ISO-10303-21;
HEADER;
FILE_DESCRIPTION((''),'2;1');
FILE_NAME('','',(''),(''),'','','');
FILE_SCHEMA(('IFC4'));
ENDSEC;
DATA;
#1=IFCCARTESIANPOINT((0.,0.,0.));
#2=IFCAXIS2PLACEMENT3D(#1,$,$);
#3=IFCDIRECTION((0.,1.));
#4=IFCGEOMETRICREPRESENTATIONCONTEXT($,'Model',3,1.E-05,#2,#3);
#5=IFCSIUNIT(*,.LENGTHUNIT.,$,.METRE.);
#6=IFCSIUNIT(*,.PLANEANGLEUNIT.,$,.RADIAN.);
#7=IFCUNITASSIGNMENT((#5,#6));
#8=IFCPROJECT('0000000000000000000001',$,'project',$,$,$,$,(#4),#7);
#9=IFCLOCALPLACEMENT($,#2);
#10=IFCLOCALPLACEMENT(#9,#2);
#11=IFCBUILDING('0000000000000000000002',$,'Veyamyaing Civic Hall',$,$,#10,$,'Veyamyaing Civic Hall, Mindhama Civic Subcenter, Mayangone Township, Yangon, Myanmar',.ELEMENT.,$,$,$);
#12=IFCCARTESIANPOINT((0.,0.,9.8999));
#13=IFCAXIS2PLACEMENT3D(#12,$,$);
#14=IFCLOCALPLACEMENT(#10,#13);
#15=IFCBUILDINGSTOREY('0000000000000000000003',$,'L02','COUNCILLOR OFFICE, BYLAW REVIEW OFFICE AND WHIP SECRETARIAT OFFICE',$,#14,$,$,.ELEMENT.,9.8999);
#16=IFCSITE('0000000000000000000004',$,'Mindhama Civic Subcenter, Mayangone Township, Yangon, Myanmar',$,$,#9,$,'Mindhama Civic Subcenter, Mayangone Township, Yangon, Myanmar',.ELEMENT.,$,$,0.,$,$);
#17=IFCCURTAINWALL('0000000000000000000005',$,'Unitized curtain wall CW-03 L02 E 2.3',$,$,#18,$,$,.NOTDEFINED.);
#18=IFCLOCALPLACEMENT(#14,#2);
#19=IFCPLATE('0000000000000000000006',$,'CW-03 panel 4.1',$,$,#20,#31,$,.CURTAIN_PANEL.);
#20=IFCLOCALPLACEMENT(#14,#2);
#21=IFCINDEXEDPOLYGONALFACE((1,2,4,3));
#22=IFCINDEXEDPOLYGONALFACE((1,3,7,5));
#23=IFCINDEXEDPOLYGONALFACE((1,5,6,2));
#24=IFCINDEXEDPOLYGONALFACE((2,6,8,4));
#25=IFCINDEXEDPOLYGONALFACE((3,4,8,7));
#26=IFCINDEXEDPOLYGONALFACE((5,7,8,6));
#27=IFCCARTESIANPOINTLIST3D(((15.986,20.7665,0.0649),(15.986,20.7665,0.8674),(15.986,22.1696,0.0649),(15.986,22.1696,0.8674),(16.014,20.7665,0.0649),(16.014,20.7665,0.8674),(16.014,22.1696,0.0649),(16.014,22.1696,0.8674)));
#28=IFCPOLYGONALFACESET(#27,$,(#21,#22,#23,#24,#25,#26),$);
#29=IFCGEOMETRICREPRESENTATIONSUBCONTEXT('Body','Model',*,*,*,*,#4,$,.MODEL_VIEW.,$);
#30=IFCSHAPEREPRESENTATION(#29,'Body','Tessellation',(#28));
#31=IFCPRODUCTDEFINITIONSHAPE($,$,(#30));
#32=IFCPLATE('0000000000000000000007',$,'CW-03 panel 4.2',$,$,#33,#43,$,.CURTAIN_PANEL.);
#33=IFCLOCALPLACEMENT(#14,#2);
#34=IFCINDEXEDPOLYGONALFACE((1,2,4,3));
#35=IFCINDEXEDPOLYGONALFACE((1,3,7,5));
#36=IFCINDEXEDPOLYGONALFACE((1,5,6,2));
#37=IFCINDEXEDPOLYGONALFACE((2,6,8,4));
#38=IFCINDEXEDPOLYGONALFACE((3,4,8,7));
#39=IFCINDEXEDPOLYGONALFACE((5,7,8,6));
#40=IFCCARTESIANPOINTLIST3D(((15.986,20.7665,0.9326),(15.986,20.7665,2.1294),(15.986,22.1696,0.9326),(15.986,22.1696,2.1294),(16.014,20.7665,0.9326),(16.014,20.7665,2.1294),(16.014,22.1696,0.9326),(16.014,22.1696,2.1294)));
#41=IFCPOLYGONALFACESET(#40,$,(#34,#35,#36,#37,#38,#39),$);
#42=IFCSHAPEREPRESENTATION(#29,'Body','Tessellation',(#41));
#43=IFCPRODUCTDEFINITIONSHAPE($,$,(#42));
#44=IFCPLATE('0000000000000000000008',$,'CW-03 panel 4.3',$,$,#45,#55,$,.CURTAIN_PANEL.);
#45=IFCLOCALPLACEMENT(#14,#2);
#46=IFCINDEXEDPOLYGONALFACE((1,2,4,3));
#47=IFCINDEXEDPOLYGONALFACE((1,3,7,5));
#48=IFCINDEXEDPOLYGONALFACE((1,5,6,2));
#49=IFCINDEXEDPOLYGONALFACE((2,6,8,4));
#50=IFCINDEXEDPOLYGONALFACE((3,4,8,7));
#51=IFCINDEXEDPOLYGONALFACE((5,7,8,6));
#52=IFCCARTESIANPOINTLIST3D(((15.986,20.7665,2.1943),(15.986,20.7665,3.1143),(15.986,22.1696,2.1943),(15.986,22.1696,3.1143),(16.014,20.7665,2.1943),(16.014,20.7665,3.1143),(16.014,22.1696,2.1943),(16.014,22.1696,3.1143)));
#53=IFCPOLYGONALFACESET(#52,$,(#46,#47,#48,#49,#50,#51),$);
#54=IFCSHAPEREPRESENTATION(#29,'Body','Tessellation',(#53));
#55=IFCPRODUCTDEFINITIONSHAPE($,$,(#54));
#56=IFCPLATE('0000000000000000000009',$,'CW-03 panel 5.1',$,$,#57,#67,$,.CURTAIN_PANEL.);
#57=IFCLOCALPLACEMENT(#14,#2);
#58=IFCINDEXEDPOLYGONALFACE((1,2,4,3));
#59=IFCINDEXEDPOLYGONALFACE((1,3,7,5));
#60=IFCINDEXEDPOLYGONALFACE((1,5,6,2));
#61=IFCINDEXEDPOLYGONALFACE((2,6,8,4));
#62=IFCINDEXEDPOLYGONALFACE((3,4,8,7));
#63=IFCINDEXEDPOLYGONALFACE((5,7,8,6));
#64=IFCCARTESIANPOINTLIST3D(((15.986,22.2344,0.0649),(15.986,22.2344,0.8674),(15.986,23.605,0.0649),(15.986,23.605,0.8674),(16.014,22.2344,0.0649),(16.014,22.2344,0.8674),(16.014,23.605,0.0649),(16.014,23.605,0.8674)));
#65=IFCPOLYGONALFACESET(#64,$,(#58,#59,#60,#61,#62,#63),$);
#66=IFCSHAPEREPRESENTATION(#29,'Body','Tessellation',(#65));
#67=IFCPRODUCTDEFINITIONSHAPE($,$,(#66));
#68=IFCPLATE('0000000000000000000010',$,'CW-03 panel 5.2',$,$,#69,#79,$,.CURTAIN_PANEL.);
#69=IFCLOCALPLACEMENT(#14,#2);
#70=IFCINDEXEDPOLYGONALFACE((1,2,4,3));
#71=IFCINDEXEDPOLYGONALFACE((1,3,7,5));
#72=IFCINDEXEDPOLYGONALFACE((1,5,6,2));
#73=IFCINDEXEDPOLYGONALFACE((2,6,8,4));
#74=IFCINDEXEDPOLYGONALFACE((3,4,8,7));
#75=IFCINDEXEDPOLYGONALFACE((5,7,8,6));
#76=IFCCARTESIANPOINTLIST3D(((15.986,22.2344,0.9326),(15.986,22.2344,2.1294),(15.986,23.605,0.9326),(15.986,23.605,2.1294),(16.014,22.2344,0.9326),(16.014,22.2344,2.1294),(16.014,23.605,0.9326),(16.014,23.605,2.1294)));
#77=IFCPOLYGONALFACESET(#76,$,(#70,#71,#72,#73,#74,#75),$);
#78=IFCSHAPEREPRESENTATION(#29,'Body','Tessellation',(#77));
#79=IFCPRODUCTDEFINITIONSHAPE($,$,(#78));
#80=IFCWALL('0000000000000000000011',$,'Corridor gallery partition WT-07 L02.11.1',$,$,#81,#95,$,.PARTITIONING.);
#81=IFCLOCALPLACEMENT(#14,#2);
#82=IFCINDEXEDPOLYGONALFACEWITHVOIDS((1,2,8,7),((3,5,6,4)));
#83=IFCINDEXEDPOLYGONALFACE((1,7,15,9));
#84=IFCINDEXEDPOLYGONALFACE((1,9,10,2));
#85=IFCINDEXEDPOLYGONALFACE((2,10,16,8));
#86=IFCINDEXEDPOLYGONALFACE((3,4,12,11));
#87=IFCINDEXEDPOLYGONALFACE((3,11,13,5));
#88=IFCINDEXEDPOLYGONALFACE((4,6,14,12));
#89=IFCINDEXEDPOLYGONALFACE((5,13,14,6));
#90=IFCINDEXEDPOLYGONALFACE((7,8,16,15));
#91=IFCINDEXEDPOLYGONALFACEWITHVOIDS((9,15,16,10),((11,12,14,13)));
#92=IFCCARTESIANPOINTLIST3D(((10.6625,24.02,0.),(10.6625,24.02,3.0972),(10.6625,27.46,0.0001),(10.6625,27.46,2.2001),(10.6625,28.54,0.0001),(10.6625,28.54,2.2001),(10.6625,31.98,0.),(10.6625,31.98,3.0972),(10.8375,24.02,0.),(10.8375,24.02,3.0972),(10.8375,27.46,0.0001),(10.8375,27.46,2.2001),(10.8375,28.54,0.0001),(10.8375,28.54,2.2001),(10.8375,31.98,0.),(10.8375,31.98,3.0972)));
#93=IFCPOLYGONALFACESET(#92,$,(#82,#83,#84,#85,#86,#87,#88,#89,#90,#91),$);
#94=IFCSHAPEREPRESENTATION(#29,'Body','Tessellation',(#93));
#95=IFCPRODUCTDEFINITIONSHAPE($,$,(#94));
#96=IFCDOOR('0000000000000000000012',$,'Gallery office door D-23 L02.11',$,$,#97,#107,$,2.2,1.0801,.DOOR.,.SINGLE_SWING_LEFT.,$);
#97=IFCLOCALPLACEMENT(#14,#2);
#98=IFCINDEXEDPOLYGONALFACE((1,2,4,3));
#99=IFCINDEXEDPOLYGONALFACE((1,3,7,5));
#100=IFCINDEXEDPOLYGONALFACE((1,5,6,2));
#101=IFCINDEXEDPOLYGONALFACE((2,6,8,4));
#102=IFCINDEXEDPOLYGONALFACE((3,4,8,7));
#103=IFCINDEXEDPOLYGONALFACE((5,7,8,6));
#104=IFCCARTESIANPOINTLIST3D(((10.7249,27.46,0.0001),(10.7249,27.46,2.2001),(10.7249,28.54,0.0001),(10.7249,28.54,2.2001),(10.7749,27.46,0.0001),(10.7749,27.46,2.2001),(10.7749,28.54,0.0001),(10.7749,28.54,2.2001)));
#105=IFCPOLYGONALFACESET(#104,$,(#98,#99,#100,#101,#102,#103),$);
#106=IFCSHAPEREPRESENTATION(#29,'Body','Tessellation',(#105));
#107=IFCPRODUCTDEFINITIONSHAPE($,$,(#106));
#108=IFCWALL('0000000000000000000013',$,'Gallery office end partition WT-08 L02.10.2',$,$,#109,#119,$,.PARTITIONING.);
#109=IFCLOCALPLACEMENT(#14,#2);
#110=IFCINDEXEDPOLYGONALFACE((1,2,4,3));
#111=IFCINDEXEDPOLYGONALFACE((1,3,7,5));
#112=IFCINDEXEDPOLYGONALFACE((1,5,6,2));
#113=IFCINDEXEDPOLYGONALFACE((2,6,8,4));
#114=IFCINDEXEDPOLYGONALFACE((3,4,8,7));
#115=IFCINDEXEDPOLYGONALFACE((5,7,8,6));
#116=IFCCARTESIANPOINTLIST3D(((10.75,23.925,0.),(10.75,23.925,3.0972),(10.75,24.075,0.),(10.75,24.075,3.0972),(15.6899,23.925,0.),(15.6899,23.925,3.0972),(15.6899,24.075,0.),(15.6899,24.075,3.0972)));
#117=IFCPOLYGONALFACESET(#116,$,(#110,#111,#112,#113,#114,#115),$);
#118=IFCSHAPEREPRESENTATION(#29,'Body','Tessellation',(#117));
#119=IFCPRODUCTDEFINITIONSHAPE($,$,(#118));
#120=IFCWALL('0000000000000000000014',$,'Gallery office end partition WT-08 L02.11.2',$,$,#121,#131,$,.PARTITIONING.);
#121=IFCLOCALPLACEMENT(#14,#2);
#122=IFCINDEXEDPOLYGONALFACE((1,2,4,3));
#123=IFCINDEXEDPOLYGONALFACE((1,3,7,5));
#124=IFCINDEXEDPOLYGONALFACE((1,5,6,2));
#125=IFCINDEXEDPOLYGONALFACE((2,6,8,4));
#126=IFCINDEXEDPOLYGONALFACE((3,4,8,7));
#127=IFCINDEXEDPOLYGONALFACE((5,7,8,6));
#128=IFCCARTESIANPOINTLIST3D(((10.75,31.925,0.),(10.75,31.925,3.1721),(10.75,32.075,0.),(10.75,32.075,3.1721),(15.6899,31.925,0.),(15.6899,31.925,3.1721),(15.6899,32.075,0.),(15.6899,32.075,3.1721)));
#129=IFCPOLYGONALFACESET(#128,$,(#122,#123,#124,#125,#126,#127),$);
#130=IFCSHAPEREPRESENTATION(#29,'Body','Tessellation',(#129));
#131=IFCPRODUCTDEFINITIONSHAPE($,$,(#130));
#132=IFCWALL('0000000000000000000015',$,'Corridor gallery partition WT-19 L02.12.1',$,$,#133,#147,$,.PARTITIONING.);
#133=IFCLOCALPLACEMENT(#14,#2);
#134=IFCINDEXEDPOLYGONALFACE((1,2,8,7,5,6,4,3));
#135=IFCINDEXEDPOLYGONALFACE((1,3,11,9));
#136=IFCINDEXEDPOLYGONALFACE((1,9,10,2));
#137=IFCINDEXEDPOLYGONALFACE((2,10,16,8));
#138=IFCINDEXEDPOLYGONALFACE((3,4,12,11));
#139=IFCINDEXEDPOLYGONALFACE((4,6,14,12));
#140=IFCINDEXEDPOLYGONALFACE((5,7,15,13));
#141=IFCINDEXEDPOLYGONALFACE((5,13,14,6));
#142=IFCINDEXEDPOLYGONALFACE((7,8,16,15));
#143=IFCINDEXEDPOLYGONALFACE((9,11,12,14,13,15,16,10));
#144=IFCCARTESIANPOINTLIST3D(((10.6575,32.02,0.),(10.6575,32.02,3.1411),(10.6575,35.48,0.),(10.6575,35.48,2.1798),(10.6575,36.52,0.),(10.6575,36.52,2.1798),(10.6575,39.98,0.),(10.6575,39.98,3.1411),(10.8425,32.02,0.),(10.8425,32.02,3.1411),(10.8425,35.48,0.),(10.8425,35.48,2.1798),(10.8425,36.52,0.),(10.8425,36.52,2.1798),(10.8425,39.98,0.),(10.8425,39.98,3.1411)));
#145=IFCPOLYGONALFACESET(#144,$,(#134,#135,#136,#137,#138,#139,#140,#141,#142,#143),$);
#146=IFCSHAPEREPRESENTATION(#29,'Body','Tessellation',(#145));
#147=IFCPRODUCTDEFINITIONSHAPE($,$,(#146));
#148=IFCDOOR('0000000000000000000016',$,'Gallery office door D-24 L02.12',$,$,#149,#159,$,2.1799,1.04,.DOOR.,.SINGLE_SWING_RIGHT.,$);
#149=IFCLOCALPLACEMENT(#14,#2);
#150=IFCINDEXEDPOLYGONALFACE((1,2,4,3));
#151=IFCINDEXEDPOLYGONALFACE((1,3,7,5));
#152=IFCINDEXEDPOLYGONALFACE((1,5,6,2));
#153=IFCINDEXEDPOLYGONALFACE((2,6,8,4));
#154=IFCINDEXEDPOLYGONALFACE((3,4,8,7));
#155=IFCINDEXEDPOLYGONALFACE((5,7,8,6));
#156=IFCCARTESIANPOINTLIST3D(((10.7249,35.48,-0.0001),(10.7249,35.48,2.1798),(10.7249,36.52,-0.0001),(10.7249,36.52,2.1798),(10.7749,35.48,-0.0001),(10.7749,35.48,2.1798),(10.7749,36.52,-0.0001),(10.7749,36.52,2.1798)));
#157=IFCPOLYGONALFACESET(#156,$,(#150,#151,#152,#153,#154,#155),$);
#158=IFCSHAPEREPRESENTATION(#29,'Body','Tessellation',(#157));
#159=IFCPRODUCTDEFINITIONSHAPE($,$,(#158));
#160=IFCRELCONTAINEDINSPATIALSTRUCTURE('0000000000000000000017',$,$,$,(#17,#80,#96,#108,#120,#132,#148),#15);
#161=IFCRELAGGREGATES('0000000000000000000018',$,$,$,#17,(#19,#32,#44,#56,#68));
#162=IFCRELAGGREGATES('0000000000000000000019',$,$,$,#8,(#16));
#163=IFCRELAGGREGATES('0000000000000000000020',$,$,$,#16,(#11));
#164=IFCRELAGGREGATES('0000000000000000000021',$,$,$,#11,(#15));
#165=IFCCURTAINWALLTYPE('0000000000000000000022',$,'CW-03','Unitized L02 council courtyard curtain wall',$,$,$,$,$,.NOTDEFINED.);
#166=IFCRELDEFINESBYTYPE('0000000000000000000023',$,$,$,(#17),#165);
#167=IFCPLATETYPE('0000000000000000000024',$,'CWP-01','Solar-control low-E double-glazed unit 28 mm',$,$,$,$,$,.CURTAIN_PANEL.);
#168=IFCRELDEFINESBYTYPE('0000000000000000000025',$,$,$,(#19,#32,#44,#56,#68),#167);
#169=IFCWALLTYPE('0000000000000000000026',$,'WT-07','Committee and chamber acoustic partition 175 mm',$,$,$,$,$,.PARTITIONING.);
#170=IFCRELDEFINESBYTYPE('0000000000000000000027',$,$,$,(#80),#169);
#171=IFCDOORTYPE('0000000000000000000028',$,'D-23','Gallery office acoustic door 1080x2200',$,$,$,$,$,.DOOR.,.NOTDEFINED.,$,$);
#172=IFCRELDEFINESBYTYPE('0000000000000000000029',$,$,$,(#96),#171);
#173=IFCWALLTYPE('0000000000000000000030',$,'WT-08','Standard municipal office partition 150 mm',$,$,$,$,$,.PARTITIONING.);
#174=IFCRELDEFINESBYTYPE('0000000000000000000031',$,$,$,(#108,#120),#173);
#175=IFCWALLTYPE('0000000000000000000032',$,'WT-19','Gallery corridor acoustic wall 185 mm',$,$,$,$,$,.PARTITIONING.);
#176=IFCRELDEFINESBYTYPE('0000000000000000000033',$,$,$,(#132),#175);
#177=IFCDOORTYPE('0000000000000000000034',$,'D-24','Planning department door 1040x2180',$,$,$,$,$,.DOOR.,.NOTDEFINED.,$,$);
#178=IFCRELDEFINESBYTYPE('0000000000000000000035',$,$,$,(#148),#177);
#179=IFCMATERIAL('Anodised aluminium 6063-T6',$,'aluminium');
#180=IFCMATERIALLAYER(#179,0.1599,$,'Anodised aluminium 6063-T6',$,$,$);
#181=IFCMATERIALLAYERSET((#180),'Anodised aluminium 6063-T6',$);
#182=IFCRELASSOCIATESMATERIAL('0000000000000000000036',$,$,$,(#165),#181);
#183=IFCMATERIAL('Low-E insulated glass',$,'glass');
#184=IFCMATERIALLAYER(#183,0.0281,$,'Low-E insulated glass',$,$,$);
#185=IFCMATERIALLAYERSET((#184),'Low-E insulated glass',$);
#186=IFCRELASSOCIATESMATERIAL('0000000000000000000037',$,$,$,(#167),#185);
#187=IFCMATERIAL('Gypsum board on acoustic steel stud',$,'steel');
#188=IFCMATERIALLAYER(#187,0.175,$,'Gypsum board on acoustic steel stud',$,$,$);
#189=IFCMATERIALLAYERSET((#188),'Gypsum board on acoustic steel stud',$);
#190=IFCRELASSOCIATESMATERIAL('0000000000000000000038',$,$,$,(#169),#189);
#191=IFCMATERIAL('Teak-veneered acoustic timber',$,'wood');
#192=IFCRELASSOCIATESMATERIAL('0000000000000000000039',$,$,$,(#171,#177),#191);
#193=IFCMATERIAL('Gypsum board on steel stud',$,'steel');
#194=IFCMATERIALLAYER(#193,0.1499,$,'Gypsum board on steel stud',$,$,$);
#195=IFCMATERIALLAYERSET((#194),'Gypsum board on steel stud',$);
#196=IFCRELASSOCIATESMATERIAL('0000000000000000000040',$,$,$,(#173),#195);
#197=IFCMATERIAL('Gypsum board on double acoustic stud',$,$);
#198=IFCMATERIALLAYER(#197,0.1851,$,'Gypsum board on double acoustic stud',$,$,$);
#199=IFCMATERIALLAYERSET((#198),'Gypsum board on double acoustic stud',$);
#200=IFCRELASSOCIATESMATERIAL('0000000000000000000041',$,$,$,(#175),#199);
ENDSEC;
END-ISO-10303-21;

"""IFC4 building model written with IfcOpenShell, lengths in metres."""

from ifc_helpers import new_model, si_unit, direction, frame, frame_2d, origin, origin_2d, place, context, subcontext, project, spatial, rectangle, extrude, material, layer, layer_set, type_object, element, fill, aggregate, save


model = new_model("IFC4")

# Units and contexts
model_context = context("Model", 3, precision=1e-05, world=origin(), true_north=direction((0.0, 1.0)))
body_context = subcontext(model_context, "Body", "Model", "MODEL_VIEW")
ifc_project = project(units=[si_unit("LENGTHUNIT", "METRE"), si_unit("PLANEANGLEUNIT", "RADIAN")], contexts=[model_context])

# Site, building, storey
site_placement = place(None, origin())
site = spatial("IfcSite", under=ifc_project, at=site_placement, Name="Mindhama Civic Subcenter, Mayangone Township, Yangon, Myanmar", LongName="Mindhama Civic Subcenter, Mayangone Township, Yangon, Myanmar", CompositionType="ELEMENT", RefElevation=0.0)
building_placement = place(site_placement, origin())
building = spatial("IfcBuilding", under=site, at=building_placement, Name="Veyamyaing Civic Hall", LongName="Veyamyaing Civic Hall, Mindhama Civic Subcenter, Mayangone Township, Yangon, Myanmar", CompositionType="ELEMENT")
storey_placement = place(building_placement, frame((0.0, 0.0, 9.8999)))
storey = spatial("IfcBuildingStorey", under=building, at=storey_placement, Name="L02", Description="COUNCILLOR OFFICE, BYLAW REVIEW OFFICE AND WHIP SECRETARIAT OFFICE", CompositionType="ELEMENT", Elevation=9.8999)

# Curtain wall
ifc_material_1 = material(Name="Anodised aluminium 6063-T6", Category="aluminium")
ifc_layer_1 = layer(ifc_material_1, 0.1599, Name="Anodised aluminium 6063-T6")
ifc_layer_set_1 = layer_set([ifc_layer_1], Name="Anodised aluminium 6063-T6")
curtain_wall_type = type_object("IfcCurtainWallType", Name="CW-03", Description="Unitized L02 council courtyard curtain wall", PredefinedType="NOTDEFINED", material=ifc_layer_set_1)
curtain_wall_placement = place(storey_placement, origin())
curtain_wall = element("IfcCurtainWall", 1, at=curtain_wall_placement, inside=storey, type_object=curtain_wall_type, Name="Unitized curtain wall CW-03 L02 E 2.3", PredefinedType="NOTDEFINED")

# Plates
ifc_material_2 = material(Name="Low-E insulated glass", Category="glass")
ifc_layer_2 = layer(ifc_material_2, 0.0281, Name="Low-E insulated glass")
ifc_layer_set_2 = layer_set([ifc_layer_2], Name="Low-E insulated glass")
plate_type = type_object("IfcPlateType", Name="CWP-01", Description="Solar-control low-E double-glazed unit 28 mm", PredefinedType="CURTAIN_PANEL", material=ifc_layer_set_2)
plate_1_placement = place(storey_placement, frame((16.0, 21.468, 0.0649), z_axis=(0.0, 0.0, 1.0), x_axis=(0.0, 1.0, 0.0)))
plate_1 = element("IfcPlate", 2, at=plate_1_placement, type_object=plate_type, Name="CW-03 panel 4.1", PredefinedType="CURTAIN_PANEL", context=body_context, shape_type="SweptSolid", body=[
    extrude(rectangle(XDim=1.4031, YDim=0.0281, at=origin_2d()), origin(), (0.0, 0.0, 1.0), 0.8025),
])
plate_2_placement = place(storey_placement, frame((16.0, 21.468, 0.9326), z_axis=(0.0, 0.0, 1.0), x_axis=(0.0, 1.0, 0.0)))
plate_2 = element("IfcPlate", 3, at=plate_2_placement, type_object=plate_type, Name="CW-03 panel 4.2", PredefinedType="CURTAIN_PANEL", context=body_context, shape_type="SweptSolid", body=[
    extrude(rectangle(XDim=1.4031, YDim=0.0281, at=origin_2d()), origin(), (0.0, 0.0, 1.0), 1.1968),
])
plate_3_placement = place(storey_placement, frame((16.0, 21.468, 2.1943), z_axis=(0.0, 0.0, 1.0), x_axis=(0.0, 1.0, 0.0)))
plate_3 = element("IfcPlate", 4, at=plate_3_placement, type_object=plate_type, Name="CW-03 panel 4.3", PredefinedType="CURTAIN_PANEL", context=body_context, shape_type="SweptSolid", body=[
    extrude(rectangle(XDim=1.4031, YDim=0.0281, at=origin_2d()), origin(), (0.0, 0.0, 1.0), 0.9199),
])
plate_4_placement = place(storey_placement, frame((16.0, 22.9197, 0.0649), z_axis=(0.0, 0.0, 1.0), x_axis=(0.0, 1.0, 0.0)))
plate_4 = element("IfcPlate", 5, at=plate_4_placement, type_object=plate_type, Name="CW-03 panel 5.1", PredefinedType="CURTAIN_PANEL", context=body_context, shape_type="SweptSolid", body=[
    extrude(rectangle(XDim=1.3706, YDim=0.0281, at=origin_2d()), origin(), (0.0, 0.0, 1.0), 0.8025),
])
plate_5_placement = place(storey_placement, frame((16.0, 22.9197, 0.9326), z_axis=(0.0, 0.0, 1.0), x_axis=(0.0, 1.0, 0.0)))
plate_5 = element("IfcPlate", 6, at=plate_5_placement, type_object=plate_type, Name="CW-03 panel 5.2", PredefinedType="CURTAIN_PANEL", context=body_context, shape_type="SweptSolid", body=[
    extrude(rectangle(XDim=1.3706, YDim=0.0281, at=origin_2d()), origin(), (0.0, 0.0, 1.0), 1.1968),
])
aggregate(curtain_wall, [plate_1, plate_2, plate_3, plate_4, plate_5])

# Wall, opening, door
ifc_material_3 = material(Name="Gypsum board on acoustic steel stud", Category="steel")
ifc_layer_3 = layer(ifc_material_3, 0.175, Name="Gypsum board on acoustic steel stud")
ifc_layer_set_3 = layer_set([ifc_layer_3], Name="Gypsum board on acoustic steel stud")
wall_type_1 = type_object("IfcWallType", Name="WT-07", Description="Committee and chamber acoustic partition 175 mm", PredefinedType="PARTITIONING", material=ifc_layer_set_3)
wall_1_placement = place(storey_placement, frame((10.75, 24.02, 0.0), z_axis=(0.0, 0.0, 1.0), x_axis=(0.0, 1.0, 0.0)))
wall_1 = element("IfcWall", 7, at=wall_1_placement, inside=storey, type_object=wall_type_1, Name="Corridor gallery partition WT-07 L02.11.1", PredefinedType="PARTITIONING", context=body_context, shape_type="SweptSolid", body=[
    extrude(rectangle(XDim=7.96, YDim=0.175, at=frame_2d((3.98, 0.0))), origin(), (0.0, 0.0, 1.0), 3.0972),
])
opening_1_placement = place(wall_1_placement, frame((3.4399, 0.0, 0.0)))
opening_1 = element("IfcOpeningElement", 8, at=opening_1_placement, cuts=wall_1, PredefinedType="OPENING", context=body_context, shape_type="SweptSolid", body=[
    extrude(rectangle(XDim=1.0801, YDim=2.2, at=frame_2d((0.54, 1.1001))), frame((0.0, 0.0974, 0.0), z_axis=(0.0, -1.0, 0.0), x_axis=(1.0, 0.0, 0.0)), (0.0, 0.0, 1.0), 0.1951),
])
ifc_material_4 = material(Name="Teak-veneered acoustic timber", Category="wood")
door_type_1 = type_object("IfcDoorType", Name="D-23", Description="Gallery office acoustic door 1080x2200", OperationType="NOTDEFINED", PredefinedType="DOOR", material=ifc_material_4)
door_1_placement = place(opening_1_placement, frame((1.0801, 0.0, 0.0), z_axis=(0.0, 0.0, 1.0), x_axis=(-1.0, 0.0, 0.0)))
door_1 = element("IfcDoor", 9, at=door_1_placement, inside=storey, type_object=door_type_1, Name="Gallery office door D-23 L02.11", OperationType="SINGLE_SWING_LEFT", OverallHeight=2.2, OverallWidth=1.0801, PredefinedType="DOOR", context=body_context, shape_type="SweptSolid", body=[
    extrude(rectangle(XDim=1.0801, YDim=2.2, at=frame_2d((0.54, 1.1001))), frame((0.0, 0.0249, 0.0), z_axis=(0.0, -1.0, 0.0), x_axis=(1.0, 0.0, 0.0)), (0.0, 0.0, 1.0), 0.05),
])
fill(opening_1, door_1)

# Walls
ifc_material_5 = material(Name="Gypsum board on steel stud", Category="steel")
ifc_layer_4 = layer(ifc_material_5, 0.1499, Name="Gypsum board on steel stud")
ifc_layer_set_4 = layer_set([ifc_layer_4], Name="Gypsum board on steel stud")
wall_type_2 = type_object("IfcWallType", Name="WT-08", Description="Standard municipal office partition 150 mm", PredefinedType="PARTITIONING", material=ifc_layer_set_4)
wall_2_placement = place(storey_placement, frame((10.75, 24.0, 0.0), z_axis=(0.0, 0.0, 1.0), x_axis=(1.0, 0.0, 0.0)))
element("IfcWall", 10, at=wall_2_placement, inside=storey, type_object=wall_type_2, Name="Gallery office end partition WT-08 L02.10.2", PredefinedType="PARTITIONING", context=body_context, shape_type="SweptSolid", body=[
    extrude(rectangle(XDim=4.9399, YDim=0.1499, at=frame_2d((2.47, 0.0))), origin(), (0.0, 0.0, 1.0), 3.0972),
])
wall_3_placement = place(storey_placement, frame((10.75, 32.0, 0.0), z_axis=(0.0, 0.0, 1.0), x_axis=(1.0, 0.0, 0.0)))
element("IfcWall", 11, at=wall_3_placement, inside=storey, type_object=wall_type_2, Name="Gallery office end partition WT-08 L02.11.2", PredefinedType="PARTITIONING", context=body_context, shape_type="SweptSolid", body=[
    extrude(rectangle(XDim=4.9399, YDim=0.1499, at=frame_2d((2.47, 0.0))), origin(), (0.0, 0.0, 1.0), 3.1721),
])

# Wall, opening, door
ifc_material_6 = material(Name="Gypsum board on double acoustic stud")
ifc_layer_5 = layer(ifc_material_6, 0.1851, Name="Gypsum board on double acoustic stud")
ifc_layer_set_5 = layer_set([ifc_layer_5], Name="Gypsum board on double acoustic stud")
wall_type_3 = type_object("IfcWallType", Name="WT-19", Description="Gallery corridor acoustic wall 185 mm", PredefinedType="PARTITIONING", material=ifc_layer_set_5)
wall_4_placement = place(storey_placement, frame((10.75, 32.02, 0.0), z_axis=(0.0, 0.0, 1.0), x_axis=(0.0, 1.0, 0.0)))
wall_4 = element("IfcWall", 12, at=wall_4_placement, inside=storey, type_object=wall_type_3, Name="Corridor gallery partition WT-19 L02.12.1", PredefinedType="PARTITIONING", context=body_context, shape_type="SweptSolid", body=[
    extrude(rectangle(XDim=7.96, YDim=0.1851, at=frame_2d((3.98, 0.0))), origin(), (0.0, 0.0, 1.0), 3.1411),
])
opening_2_placement = place(wall_4_placement, frame((3.46, 0.0, 0.0)))
opening_2 = element("IfcOpeningElement", 13, at=opening_2_placement, cuts=wall_4, PredefinedType="OPENING", context=body_context, shape_type="SweptSolid", body=[
    extrude(rectangle(XDim=1.04, YDim=2.1799, at=frame_2d((0.52, 1.0898))), frame((0.0, 0.1025, 0.0), z_axis=(0.0, -1.0, 0.0), x_axis=(1.0, 0.0, 0.0)), (0.0, 0.0, 1.0), 0.2051),
])
door_type_2 = type_object("IfcDoorType", Name="D-24", Description="Planning department door 1040x2180", OperationType="NOTDEFINED", PredefinedType="DOOR", material=ifc_material_4)
door_2_placement = place(opening_2_placement, frame((1.04, 0.0, 0.0), z_axis=(0.0, 0.0, 1.0), x_axis=(-1.0, 0.0, 0.0)))
door_2 = element("IfcDoor", 14, at=door_2_placement, inside=storey, type_object=door_type_2, Name="Gallery office door D-24 L02.12", OperationType="SINGLE_SWING_RIGHT", OverallHeight=2.1799, OverallWidth=1.04, PredefinedType="DOOR", context=body_context, shape_type="SweptSolid", body=[
    extrude(rectangle(XDim=1.04, YDim=2.1799, at=frame_2d((0.52, 1.0898))), frame((0.0, 0.0249, 0.0), z_axis=(0.0, -1.0, 0.0), x_axis=(1.0, 0.0, 0.0)), (0.0, 0.0, 1.0), 0.05),
])
fill(opening_2, door_2)

save(model, "model.ifc")
